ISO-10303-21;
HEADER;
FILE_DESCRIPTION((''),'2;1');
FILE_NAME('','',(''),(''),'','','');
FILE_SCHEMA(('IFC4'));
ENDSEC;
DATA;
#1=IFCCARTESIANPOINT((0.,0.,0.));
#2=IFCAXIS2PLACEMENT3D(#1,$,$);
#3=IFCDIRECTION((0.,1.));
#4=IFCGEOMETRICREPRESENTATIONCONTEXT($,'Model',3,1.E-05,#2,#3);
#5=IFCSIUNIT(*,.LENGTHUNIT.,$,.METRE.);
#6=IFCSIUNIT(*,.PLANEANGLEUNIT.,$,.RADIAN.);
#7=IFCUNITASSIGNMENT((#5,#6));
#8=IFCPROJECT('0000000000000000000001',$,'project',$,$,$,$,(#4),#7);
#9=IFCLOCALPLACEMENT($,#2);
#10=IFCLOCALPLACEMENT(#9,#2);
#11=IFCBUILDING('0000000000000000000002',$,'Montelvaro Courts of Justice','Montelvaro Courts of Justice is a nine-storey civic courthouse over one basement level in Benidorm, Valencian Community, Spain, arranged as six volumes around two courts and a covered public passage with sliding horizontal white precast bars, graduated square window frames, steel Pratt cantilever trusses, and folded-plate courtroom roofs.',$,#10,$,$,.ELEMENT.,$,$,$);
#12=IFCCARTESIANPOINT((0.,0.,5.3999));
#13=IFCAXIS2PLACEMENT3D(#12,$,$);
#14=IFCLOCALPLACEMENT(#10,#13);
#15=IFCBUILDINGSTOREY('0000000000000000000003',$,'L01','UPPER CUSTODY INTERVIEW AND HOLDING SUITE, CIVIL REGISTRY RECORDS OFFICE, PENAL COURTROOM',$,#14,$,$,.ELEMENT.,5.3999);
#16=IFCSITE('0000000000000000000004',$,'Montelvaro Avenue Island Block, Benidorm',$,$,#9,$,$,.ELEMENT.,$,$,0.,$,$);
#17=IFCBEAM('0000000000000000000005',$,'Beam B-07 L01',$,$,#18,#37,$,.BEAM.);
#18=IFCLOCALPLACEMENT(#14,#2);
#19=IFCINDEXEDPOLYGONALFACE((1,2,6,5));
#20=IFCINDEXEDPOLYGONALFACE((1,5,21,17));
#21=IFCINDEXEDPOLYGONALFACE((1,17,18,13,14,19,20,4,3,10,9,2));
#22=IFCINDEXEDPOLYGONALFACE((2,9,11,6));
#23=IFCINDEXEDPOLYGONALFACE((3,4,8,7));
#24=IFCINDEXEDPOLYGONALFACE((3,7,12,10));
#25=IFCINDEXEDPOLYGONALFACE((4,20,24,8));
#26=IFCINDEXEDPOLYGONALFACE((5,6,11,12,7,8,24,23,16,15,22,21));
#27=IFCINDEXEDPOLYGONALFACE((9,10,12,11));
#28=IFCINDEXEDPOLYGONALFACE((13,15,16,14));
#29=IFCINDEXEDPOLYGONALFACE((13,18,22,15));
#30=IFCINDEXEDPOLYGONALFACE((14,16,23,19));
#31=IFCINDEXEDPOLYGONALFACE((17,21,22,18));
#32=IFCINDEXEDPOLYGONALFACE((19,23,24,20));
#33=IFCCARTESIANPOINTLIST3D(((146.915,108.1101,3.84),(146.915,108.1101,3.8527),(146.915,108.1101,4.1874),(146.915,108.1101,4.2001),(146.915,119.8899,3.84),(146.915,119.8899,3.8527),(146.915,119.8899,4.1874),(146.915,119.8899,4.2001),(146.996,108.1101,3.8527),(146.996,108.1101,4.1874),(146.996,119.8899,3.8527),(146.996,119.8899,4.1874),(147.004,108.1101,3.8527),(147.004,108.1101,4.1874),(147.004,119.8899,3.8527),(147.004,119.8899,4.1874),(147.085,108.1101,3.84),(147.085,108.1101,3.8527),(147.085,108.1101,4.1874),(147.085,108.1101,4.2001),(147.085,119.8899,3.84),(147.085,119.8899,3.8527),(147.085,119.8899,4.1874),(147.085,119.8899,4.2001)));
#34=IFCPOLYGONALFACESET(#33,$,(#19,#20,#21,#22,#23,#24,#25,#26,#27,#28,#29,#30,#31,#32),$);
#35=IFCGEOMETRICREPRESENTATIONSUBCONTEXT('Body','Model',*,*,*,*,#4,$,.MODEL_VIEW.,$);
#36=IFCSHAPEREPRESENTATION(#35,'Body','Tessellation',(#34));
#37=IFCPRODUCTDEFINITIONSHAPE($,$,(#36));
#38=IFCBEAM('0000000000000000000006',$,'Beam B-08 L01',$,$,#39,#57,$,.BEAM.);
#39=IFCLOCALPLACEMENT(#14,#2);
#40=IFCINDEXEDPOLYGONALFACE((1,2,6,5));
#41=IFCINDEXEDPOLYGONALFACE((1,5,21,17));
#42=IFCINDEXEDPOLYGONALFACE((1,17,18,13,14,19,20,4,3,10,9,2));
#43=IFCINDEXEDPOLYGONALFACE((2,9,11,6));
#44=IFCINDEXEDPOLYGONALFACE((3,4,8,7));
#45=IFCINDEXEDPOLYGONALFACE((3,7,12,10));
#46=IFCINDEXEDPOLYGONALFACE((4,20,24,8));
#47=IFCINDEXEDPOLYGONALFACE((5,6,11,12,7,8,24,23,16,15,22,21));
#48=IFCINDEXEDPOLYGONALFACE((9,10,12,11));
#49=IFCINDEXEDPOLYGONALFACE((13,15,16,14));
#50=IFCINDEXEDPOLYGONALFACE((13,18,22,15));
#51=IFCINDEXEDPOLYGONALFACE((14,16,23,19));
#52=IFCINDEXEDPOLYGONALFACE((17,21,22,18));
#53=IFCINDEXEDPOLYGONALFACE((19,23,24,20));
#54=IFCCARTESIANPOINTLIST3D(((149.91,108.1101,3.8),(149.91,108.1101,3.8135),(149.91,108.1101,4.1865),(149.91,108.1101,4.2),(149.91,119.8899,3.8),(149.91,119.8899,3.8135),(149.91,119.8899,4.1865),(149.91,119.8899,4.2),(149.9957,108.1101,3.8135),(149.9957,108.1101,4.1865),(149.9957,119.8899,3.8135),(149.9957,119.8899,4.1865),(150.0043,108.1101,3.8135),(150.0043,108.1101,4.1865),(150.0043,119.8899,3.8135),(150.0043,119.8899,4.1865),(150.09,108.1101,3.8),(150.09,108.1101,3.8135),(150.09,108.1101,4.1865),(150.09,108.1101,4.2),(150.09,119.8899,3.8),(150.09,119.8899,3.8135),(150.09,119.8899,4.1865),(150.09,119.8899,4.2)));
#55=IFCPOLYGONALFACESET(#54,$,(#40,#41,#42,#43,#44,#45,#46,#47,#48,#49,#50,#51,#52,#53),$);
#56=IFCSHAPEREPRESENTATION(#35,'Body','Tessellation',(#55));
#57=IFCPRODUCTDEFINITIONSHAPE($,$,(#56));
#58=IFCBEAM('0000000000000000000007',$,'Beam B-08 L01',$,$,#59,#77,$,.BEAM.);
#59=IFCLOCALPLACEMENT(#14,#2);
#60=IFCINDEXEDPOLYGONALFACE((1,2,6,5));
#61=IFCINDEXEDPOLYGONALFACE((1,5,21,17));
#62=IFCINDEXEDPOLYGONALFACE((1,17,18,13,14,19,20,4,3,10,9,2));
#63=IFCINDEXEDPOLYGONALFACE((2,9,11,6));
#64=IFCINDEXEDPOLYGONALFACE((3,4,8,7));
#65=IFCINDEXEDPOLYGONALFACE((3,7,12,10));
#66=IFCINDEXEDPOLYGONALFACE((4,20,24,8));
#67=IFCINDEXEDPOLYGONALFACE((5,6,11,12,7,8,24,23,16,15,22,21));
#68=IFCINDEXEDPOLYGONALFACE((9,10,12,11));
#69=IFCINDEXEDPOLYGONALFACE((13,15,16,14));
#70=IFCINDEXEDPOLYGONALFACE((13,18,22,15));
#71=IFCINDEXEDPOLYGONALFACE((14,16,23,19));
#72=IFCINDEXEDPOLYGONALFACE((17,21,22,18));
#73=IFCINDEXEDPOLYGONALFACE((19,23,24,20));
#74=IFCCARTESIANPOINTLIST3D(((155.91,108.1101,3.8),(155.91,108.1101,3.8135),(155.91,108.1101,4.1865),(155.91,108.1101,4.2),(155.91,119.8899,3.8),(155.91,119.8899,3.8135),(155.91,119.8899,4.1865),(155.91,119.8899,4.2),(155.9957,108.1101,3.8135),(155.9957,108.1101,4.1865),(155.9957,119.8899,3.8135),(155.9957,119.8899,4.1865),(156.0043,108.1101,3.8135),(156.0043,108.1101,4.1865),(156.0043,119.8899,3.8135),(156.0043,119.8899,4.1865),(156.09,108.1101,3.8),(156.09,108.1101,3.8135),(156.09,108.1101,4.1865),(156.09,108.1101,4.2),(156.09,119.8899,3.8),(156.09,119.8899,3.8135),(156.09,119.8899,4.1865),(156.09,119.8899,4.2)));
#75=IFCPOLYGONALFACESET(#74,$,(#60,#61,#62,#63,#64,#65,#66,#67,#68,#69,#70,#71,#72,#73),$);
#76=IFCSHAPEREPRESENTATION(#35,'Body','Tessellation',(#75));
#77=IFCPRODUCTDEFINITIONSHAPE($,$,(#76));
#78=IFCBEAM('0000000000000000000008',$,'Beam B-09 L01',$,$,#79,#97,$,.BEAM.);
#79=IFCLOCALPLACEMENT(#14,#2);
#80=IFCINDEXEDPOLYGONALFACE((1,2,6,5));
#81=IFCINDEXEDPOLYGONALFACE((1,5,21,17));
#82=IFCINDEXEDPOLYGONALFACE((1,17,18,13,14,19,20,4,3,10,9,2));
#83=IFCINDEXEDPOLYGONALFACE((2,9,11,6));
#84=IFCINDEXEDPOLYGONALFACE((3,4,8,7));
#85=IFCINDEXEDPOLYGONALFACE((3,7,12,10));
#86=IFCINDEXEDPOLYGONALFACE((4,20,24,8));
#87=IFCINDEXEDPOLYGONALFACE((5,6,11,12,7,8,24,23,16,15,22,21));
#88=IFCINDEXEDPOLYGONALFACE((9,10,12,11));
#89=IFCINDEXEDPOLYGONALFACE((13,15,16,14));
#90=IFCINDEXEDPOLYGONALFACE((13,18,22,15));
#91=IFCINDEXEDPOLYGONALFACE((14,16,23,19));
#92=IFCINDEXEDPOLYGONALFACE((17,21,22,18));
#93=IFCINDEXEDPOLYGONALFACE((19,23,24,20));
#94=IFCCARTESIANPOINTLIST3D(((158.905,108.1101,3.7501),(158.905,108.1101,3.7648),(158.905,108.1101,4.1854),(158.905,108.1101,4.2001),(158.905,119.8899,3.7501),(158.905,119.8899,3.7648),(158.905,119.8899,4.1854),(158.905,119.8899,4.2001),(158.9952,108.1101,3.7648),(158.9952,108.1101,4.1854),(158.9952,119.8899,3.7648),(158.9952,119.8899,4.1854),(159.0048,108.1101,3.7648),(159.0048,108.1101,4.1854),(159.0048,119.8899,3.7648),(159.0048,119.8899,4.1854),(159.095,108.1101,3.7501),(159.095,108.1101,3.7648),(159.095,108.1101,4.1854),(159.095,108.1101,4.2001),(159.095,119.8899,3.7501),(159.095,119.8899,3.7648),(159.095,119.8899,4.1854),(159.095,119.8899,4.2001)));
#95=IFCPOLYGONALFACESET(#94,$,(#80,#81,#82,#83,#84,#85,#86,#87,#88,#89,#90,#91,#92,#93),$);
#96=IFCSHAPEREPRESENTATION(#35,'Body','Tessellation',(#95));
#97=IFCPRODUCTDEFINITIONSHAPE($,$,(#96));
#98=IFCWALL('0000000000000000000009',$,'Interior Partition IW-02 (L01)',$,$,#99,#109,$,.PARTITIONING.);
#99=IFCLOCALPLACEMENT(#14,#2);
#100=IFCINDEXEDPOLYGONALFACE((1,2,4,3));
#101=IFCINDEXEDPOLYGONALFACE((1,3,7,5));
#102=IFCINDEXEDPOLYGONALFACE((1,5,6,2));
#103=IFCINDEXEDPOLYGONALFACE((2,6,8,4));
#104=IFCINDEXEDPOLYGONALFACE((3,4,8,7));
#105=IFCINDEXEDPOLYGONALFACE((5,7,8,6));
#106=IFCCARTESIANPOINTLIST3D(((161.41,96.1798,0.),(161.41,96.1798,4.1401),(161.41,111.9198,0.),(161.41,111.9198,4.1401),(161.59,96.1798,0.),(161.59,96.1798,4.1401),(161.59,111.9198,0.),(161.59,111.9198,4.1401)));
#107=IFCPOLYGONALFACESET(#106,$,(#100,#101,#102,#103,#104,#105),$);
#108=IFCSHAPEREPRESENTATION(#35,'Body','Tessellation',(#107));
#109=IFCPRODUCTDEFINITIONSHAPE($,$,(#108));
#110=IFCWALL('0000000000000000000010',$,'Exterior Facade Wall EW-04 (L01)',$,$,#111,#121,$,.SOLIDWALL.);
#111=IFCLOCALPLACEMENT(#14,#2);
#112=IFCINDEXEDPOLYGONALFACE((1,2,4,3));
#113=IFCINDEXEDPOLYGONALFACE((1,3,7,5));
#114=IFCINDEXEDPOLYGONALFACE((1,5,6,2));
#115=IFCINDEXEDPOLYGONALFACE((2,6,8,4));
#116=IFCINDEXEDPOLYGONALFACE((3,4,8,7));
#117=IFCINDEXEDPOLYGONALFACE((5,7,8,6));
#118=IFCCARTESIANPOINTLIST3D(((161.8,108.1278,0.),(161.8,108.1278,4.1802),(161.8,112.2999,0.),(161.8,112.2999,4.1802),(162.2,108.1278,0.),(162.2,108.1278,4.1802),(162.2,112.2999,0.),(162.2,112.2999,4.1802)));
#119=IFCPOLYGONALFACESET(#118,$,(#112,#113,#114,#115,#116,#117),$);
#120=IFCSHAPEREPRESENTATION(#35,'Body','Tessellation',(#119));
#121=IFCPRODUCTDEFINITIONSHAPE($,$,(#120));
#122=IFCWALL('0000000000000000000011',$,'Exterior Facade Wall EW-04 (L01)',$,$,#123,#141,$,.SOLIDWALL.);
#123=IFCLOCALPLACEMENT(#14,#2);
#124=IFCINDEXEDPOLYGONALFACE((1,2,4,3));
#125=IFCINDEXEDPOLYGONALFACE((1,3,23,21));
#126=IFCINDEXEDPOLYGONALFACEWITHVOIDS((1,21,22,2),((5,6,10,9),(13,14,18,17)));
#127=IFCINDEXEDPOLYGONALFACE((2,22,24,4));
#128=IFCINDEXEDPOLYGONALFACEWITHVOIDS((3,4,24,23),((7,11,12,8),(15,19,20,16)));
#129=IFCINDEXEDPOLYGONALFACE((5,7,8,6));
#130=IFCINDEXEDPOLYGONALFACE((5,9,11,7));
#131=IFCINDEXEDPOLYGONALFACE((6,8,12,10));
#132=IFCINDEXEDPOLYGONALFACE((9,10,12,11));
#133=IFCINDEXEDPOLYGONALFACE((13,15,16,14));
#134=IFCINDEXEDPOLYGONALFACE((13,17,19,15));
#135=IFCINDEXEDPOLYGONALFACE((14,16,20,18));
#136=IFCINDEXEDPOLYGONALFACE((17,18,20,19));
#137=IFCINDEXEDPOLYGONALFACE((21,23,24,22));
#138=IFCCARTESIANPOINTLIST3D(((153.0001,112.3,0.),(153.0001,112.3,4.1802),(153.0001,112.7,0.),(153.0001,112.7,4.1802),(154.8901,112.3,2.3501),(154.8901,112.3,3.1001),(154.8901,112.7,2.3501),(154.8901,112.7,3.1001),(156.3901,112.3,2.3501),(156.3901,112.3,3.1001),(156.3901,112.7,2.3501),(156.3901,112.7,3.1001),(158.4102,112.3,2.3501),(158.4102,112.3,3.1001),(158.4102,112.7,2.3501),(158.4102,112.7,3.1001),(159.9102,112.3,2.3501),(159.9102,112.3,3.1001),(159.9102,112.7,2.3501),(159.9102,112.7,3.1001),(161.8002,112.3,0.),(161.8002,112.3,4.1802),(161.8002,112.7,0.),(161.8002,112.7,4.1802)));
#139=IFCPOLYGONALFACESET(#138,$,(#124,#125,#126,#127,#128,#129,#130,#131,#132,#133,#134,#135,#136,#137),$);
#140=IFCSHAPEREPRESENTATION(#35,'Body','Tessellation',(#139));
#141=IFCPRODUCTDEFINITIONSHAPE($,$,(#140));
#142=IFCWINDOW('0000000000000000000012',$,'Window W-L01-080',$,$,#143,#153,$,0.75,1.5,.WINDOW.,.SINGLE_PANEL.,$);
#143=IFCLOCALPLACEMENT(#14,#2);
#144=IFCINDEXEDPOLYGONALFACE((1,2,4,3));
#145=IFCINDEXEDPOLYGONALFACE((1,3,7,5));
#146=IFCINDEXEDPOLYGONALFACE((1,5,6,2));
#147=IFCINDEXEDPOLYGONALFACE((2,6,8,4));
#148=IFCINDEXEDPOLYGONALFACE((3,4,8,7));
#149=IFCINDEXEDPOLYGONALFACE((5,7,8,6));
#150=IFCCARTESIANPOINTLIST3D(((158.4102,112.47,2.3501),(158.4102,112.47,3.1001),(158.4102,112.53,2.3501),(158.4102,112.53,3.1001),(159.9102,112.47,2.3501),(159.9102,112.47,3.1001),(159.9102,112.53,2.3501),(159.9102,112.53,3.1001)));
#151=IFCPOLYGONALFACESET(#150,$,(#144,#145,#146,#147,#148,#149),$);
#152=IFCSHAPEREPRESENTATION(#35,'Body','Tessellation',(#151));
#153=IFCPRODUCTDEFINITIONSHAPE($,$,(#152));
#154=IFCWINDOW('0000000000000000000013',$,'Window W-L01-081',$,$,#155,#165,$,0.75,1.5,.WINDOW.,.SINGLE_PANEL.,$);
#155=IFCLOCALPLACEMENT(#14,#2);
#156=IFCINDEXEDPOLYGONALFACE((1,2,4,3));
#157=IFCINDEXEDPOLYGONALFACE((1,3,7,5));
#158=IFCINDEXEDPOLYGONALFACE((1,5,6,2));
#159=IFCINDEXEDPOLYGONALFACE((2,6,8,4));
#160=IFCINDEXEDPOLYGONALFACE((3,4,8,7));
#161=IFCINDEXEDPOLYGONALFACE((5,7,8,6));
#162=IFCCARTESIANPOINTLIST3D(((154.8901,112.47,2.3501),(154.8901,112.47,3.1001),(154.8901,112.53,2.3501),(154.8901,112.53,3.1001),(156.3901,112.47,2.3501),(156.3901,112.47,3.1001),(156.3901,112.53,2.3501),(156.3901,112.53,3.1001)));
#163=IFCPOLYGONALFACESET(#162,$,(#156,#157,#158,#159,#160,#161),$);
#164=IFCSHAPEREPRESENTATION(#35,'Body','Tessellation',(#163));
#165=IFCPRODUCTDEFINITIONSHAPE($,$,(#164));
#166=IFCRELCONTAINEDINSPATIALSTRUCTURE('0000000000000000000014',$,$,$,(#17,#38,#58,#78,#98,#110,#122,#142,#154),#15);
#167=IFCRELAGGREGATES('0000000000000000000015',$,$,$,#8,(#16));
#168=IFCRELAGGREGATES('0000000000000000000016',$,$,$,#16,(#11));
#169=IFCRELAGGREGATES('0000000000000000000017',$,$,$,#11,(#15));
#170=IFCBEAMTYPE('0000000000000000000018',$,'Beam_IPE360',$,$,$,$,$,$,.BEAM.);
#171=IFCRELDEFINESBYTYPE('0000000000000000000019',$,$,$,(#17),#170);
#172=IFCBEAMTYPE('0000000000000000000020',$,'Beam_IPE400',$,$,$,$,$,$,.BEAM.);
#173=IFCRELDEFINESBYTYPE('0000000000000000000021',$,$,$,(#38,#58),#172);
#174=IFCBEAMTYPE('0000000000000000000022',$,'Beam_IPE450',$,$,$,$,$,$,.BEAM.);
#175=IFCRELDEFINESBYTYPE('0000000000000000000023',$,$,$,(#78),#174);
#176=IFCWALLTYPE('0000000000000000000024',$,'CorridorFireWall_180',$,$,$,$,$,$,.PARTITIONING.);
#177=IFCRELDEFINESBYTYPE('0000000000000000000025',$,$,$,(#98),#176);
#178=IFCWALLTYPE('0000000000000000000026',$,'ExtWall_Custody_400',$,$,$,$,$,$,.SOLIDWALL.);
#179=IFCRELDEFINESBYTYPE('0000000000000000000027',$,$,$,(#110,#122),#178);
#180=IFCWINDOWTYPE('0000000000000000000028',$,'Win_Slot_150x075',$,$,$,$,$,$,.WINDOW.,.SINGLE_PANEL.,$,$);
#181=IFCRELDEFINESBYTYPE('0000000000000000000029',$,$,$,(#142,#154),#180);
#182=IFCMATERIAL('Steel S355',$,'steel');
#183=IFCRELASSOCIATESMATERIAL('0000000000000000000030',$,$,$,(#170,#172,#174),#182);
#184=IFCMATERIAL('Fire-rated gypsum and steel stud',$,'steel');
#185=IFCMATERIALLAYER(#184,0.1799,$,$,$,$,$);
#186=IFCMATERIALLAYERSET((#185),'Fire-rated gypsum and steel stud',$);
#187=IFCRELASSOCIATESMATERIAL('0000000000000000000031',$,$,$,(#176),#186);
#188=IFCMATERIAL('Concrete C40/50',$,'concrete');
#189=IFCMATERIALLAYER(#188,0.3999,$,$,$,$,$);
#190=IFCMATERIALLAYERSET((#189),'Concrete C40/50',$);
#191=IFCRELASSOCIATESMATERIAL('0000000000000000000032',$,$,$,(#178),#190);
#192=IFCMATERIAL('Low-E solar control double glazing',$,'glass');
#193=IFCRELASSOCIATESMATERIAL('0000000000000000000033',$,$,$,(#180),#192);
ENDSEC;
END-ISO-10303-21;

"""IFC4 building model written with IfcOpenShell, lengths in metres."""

from ifc_helpers import new_model, si_unit, direction, frame, frame_2d, origin, origin_2d, place, context, subcontext, project, spatial, rectangle, i_section, extrude, material, layer, layer_set, material_profile, profile_set, type_object, element, fill, save


model = new_model("IFC4")

# Units and contexts
model_context = context("Model", 3, precision=1e-05, world=origin(), true_north=direction((0.0, 1.0)))
body_context = subcontext(model_context, "Body", "Model", "MODEL_VIEW")
ifc_project = project(units=[si_unit("LENGTHUNIT", "METRE"), si_unit("PLANEANGLEUNIT", "RADIAN")], contexts=[model_context])

# Site, building, storey
site_placement = place(None, origin())
site = spatial("IfcSite", under=ifc_project, at=site_placement, Name="Montelvaro Avenue Island Block, Benidorm", CompositionType="ELEMENT", RefElevation=0.0)
building_placement = place(site_placement, origin())
building = spatial("IfcBuilding", under=site, at=building_placement, Name="Montelvaro Courts of Justice", Description="Montelvaro Courts of Justice is a nine-storey civic courthouse over one basement level in Benidorm, Valencian Community, Spain, arranged as six volumes around two courts and a covered public passage with sliding horizontal white precast bars, graduated square window frames, steel Pratt cantilever trusses, and folded-plate courtroom roofs.", CompositionType="ELEMENT")
storey_placement = place(building_placement, frame((0.0, 0.0, 5.3999)))
storey = spatial("IfcBuildingStorey", under=building, at=storey_placement, Name="L01", Description="UPPER CUSTODY INTERVIEW AND HOLDING SUITE, CIVIL REGISTRY RECORDS OFFICE, PENAL COURTROOM", CompositionType="ELEMENT", Elevation=5.3999)

# Shared definitions
ifc_material_1 = material(Name="Steel S355", Category="steel")

# Beams
ifc_material_profile_1 = material_profile(ifc_material_1, i_section(OverallWidth=0.1699, OverallDepth=0.3601, WebThickness=0.0081, FlangeThickness=0.0127, at=origin_2d()), Name="IPE 360")
ifc_profile_set_1 = profile_set([ifc_material_profile_1], Name="Steel S355")
beam_type_1 = type_object("IfcBeamType", Name="Beam_IPE360", PredefinedType="BEAM", material=ifc_profile_set_1)
beam_1_placement = place(storey_placement, frame((147.0, 108.1101, 4.02), z_axis=(0.0, 1.0, 0.0), x_axis=(-1.0, 0.0, 0.0)))
element("IfcBeam", 1, at=beam_1_placement, inside=storey, type_object=beam_type_1, Name="Beam B-07 L01", PredefinedType="BEAM", context=body_context, shape_type="SweptSolid", body=[
    extrude(i_section(OverallWidth=0.1699, OverallDepth=0.3601, WebThickness=0.0081, FlangeThickness=0.0127, at=origin_2d()), origin(), (0.0, 0.0, 1.0), 11.7798),
])
ifc_material_profile_2 = material_profile(ifc_material_1, i_section(OverallWidth=0.1799, OverallDepth=0.3999, WebThickness=0.0085, FlangeThickness=0.0134, at=origin_2d()), Name="IPE 400")
ifc_profile_set_2 = profile_set([ifc_material_profile_2], Name="Steel S355")
beam_type_2 = type_object("IfcBeamType", Name="Beam_IPE400", PredefinedType="BEAM", material=ifc_profile_set_2)
for number, where, z_axis, x_axis, name in (
    (2, (150.0, 108.1101, 4.0), (0.0, 1.0, 0.0), (-1.0, 0.0, 0.0), "Beam B-08 L01"),
    (3, (156.0, 108.1101, 4.0), (0.0, 1.0, 0.0), (-1.0, 0.0, 0.0), "Beam B-08 L01"),
):
    element("IfcBeam", number, at=place(storey_placement, frame(where, z_axis=z_axis, x_axis=x_axis)), inside=storey, type_object=beam_type_2, Name=name, PredefinedType="BEAM", context=body_context, shape_type="SweptSolid", body=[
        extrude(i_section(OverallWidth=0.1799, OverallDepth=0.3999, WebThickness=0.0085, FlangeThickness=0.0134, at=origin_2d()), origin(), (0.0, 0.0, 1.0), 11.7798),
    ])
ifc_material_profile_3 = material_profile(ifc_material_1, i_section(OverallWidth=0.1899, OverallDepth=0.45, WebThickness=0.0095, FlangeThickness=0.0146, at=origin_2d()), Name="IPE 450")
ifc_profile_set_3 = profile_set([ifc_material_profile_3], Name="Steel S355")
beam_type_3 = type_object("IfcBeamType", Name="Beam_IPE450", PredefinedType="BEAM", material=ifc_profile_set_3)
beam_2_placement = place(storey_placement, frame((159.0, 108.1101, 3.9751), z_axis=(0.0, 1.0, 0.0), x_axis=(-1.0, 0.0, 0.0)))
element("IfcBeam", 4, at=beam_2_placement, inside=storey, type_object=beam_type_3, Name="Beam B-09 L01", PredefinedType="BEAM", context=body_context, shape_type="SweptSolid", body=[
    extrude(i_section(OverallWidth=0.1899, OverallDepth=0.45, WebThickness=0.0095, FlangeThickness=0.0146, at=origin_2d()), origin(), (0.0, 0.0, 1.0), 11.7798),
])

# Walls
ifc_material_2 = material(Name="Fire-rated gypsum and steel stud", Category="steel")
ifc_layer_1 = layer(ifc_material_2, 0.1799)
ifc_layer_set_1 = layer_set([ifc_layer_1], Name="Fire-rated gypsum and steel stud")
wall_type_1 = type_object("IfcWallType", Name="CorridorFireWall_180", PredefinedType="PARTITIONING", material=ifc_layer_set_1)
wall_1_placement = place(storey_placement, frame((161.5, 111.9199, 0.0), z_axis=(0.0, 0.0, 1.0), x_axis=(0.0, -1.0, 0.0)))
element("IfcWall", 5, at=wall_1_placement, inside=storey, type_object=wall_type_1, Name="Interior Partition IW-02 (L01)", PredefinedType="PARTITIONING", context=body_context, shape_type="SweptSolid", body=[
    extrude(rectangle(XDim=15.74, YDim=0.1799, at=frame_2d((7.8701, 0.0))), origin(), (0.0, 0.0, 1.0), 4.1401),
])
ifc_material_3 = material(Name="Concrete C40/50", Category="concrete")
ifc_layer_2 = layer(ifc_material_3, 0.3999)
ifc_layer_set_2 = layer_set([ifc_layer_2], Name="Concrete C40/50")
wall_type_2 = type_object("IfcWallType", Name="ExtWall_Custody_400", PredefinedType="SOLIDWALL", material=ifc_layer_set_2)
wall_2_placement = place(storey_placement, frame((162.0, 108.1279, 0.0), z_axis=(0.0, 0.0, 1.0), x_axis=(0.0, 1.0, 0.0)))
element("IfcWall", 6, at=wall_2_placement, inside=storey, type_object=wall_type_2, Name="Exterior Facade Wall EW-04 (L01)", PredefinedType="SOLIDWALL", context=body_context, shape_type="SweptSolid", body=[
    extrude(rectangle(XDim=4.1721, YDim=0.3999, at=frame_2d((2.0859, 0.0))), origin(), (0.0, 0.0, 1.0), 4.1802),
])

# Wall, openings, windows
wall_3_placement = place(storey_placement, frame((161.8, 112.5, 0.0), z_axis=(0.0, 0.0, 1.0), x_axis=(-1.0, 0.0, 0.0)))
wall_3 = element("IfcWall", 7, at=wall_3_placement, inside=storey, type_object=wall_type_2, Name="Exterior Facade Wall EW-04 (L01)", PredefinedType="SOLIDWALL", context=body_context, shape_type="SweptSolid", body=[
    extrude(rectangle(XDim=8.8, YDim=0.3999, at=frame_2d((4.3999, 0.0))), origin(), (0.0, 0.0, 1.0), 4.1802),
])
opening_1_placement = place(wall_3_placement, frame((1.8899, 0.0, 2.3501)))
opening_1 = element("IfcOpeningElement", 8, at=opening_1_placement, cuts=wall_3, PredefinedType="OPENING", context=body_context, shape_type="SweptSolid", body=[
    extrude(rectangle(XDim=1.5, YDim=0.75, at=frame_2d((0.75, 0.375))), frame((0.0, 0.2148, 0.0), z_axis=(0.0, -1.0, 0.0), x_axis=(1.0, 0.0, 0.0)), (0.0, 0.0, 1.0), 0.4297),
])
opening_2_placement = place(wall_3_placement, frame((5.4099, 0.0, 2.3501)))
opening_2 = element("IfcOpeningElement", 9, at=opening_2_placement, cuts=wall_3, PredefinedType="OPENING", context=body_context, shape_type="SweptSolid", body=[
    extrude(rectangle(XDim=1.5, YDim=0.75, at=frame_2d((0.75, 0.375))), frame((0.0, 0.2148, 0.0), z_axis=(0.0, -1.0, 0.0), x_axis=(1.0, 0.0, 0.0)), (0.0, 0.0, 1.0), 0.4297),
])
ifc_material_4 = material(Name="Low-E solar control double glazing", Category="glass")
window_type_1 = type_object("IfcWindowType", Name="Win_Slot_150x075", PartitioningType="SINGLE_PANEL", PredefinedType="WINDOW", material=ifc_material_4)
window_1_placement = place(opening_1_placement, origin())
window_1 = element("IfcWindow", 10, at=window_1_placement, inside=storey, type_object=window_type_1, Name="Window W-L01-080", OverallHeight=0.75, OverallWidth=1.5, PartitioningType="SINGLE_PANEL", PredefinedType="WINDOW", context=body_context, shape_type="SweptSolid", body=[
    extrude(rectangle(XDim=1.5, YDim=0.75, at=frame_2d((0.75, 0.375))), frame((0.0, 0.03, 0.0), z_axis=(0.0, -1.0, 0.0), x_axis=(1.0, 0.0, 0.0)), (0.0, 0.0, 1.0), 0.0601),
])
fill(opening_1, window_1)
window_2_placement = place(opening_2_placement, origin())
window_2 = element("IfcWindow", 11, at=window_2_placement, inside=storey, type_object=window_type_1, Name="Window W-L01-081", OverallHeight=0.75, OverallWidth=1.5, PartitioningType="SINGLE_PANEL", PredefinedType="WINDOW", context=body_context, shape_type="SweptSolid", body=[
    extrude(rectangle(XDim=1.5, YDim=0.75, at=frame_2d((0.75, 0.375))), frame((0.0, 0.03, 0.0), z_axis=(0.0, -1.0, 0.0), x_axis=(1.0, 0.0, 0.0)), (0.0, 0.0, 1.0), 0.0601),
])
fill(opening_2, window_2)

save(model, "model.ifc")
